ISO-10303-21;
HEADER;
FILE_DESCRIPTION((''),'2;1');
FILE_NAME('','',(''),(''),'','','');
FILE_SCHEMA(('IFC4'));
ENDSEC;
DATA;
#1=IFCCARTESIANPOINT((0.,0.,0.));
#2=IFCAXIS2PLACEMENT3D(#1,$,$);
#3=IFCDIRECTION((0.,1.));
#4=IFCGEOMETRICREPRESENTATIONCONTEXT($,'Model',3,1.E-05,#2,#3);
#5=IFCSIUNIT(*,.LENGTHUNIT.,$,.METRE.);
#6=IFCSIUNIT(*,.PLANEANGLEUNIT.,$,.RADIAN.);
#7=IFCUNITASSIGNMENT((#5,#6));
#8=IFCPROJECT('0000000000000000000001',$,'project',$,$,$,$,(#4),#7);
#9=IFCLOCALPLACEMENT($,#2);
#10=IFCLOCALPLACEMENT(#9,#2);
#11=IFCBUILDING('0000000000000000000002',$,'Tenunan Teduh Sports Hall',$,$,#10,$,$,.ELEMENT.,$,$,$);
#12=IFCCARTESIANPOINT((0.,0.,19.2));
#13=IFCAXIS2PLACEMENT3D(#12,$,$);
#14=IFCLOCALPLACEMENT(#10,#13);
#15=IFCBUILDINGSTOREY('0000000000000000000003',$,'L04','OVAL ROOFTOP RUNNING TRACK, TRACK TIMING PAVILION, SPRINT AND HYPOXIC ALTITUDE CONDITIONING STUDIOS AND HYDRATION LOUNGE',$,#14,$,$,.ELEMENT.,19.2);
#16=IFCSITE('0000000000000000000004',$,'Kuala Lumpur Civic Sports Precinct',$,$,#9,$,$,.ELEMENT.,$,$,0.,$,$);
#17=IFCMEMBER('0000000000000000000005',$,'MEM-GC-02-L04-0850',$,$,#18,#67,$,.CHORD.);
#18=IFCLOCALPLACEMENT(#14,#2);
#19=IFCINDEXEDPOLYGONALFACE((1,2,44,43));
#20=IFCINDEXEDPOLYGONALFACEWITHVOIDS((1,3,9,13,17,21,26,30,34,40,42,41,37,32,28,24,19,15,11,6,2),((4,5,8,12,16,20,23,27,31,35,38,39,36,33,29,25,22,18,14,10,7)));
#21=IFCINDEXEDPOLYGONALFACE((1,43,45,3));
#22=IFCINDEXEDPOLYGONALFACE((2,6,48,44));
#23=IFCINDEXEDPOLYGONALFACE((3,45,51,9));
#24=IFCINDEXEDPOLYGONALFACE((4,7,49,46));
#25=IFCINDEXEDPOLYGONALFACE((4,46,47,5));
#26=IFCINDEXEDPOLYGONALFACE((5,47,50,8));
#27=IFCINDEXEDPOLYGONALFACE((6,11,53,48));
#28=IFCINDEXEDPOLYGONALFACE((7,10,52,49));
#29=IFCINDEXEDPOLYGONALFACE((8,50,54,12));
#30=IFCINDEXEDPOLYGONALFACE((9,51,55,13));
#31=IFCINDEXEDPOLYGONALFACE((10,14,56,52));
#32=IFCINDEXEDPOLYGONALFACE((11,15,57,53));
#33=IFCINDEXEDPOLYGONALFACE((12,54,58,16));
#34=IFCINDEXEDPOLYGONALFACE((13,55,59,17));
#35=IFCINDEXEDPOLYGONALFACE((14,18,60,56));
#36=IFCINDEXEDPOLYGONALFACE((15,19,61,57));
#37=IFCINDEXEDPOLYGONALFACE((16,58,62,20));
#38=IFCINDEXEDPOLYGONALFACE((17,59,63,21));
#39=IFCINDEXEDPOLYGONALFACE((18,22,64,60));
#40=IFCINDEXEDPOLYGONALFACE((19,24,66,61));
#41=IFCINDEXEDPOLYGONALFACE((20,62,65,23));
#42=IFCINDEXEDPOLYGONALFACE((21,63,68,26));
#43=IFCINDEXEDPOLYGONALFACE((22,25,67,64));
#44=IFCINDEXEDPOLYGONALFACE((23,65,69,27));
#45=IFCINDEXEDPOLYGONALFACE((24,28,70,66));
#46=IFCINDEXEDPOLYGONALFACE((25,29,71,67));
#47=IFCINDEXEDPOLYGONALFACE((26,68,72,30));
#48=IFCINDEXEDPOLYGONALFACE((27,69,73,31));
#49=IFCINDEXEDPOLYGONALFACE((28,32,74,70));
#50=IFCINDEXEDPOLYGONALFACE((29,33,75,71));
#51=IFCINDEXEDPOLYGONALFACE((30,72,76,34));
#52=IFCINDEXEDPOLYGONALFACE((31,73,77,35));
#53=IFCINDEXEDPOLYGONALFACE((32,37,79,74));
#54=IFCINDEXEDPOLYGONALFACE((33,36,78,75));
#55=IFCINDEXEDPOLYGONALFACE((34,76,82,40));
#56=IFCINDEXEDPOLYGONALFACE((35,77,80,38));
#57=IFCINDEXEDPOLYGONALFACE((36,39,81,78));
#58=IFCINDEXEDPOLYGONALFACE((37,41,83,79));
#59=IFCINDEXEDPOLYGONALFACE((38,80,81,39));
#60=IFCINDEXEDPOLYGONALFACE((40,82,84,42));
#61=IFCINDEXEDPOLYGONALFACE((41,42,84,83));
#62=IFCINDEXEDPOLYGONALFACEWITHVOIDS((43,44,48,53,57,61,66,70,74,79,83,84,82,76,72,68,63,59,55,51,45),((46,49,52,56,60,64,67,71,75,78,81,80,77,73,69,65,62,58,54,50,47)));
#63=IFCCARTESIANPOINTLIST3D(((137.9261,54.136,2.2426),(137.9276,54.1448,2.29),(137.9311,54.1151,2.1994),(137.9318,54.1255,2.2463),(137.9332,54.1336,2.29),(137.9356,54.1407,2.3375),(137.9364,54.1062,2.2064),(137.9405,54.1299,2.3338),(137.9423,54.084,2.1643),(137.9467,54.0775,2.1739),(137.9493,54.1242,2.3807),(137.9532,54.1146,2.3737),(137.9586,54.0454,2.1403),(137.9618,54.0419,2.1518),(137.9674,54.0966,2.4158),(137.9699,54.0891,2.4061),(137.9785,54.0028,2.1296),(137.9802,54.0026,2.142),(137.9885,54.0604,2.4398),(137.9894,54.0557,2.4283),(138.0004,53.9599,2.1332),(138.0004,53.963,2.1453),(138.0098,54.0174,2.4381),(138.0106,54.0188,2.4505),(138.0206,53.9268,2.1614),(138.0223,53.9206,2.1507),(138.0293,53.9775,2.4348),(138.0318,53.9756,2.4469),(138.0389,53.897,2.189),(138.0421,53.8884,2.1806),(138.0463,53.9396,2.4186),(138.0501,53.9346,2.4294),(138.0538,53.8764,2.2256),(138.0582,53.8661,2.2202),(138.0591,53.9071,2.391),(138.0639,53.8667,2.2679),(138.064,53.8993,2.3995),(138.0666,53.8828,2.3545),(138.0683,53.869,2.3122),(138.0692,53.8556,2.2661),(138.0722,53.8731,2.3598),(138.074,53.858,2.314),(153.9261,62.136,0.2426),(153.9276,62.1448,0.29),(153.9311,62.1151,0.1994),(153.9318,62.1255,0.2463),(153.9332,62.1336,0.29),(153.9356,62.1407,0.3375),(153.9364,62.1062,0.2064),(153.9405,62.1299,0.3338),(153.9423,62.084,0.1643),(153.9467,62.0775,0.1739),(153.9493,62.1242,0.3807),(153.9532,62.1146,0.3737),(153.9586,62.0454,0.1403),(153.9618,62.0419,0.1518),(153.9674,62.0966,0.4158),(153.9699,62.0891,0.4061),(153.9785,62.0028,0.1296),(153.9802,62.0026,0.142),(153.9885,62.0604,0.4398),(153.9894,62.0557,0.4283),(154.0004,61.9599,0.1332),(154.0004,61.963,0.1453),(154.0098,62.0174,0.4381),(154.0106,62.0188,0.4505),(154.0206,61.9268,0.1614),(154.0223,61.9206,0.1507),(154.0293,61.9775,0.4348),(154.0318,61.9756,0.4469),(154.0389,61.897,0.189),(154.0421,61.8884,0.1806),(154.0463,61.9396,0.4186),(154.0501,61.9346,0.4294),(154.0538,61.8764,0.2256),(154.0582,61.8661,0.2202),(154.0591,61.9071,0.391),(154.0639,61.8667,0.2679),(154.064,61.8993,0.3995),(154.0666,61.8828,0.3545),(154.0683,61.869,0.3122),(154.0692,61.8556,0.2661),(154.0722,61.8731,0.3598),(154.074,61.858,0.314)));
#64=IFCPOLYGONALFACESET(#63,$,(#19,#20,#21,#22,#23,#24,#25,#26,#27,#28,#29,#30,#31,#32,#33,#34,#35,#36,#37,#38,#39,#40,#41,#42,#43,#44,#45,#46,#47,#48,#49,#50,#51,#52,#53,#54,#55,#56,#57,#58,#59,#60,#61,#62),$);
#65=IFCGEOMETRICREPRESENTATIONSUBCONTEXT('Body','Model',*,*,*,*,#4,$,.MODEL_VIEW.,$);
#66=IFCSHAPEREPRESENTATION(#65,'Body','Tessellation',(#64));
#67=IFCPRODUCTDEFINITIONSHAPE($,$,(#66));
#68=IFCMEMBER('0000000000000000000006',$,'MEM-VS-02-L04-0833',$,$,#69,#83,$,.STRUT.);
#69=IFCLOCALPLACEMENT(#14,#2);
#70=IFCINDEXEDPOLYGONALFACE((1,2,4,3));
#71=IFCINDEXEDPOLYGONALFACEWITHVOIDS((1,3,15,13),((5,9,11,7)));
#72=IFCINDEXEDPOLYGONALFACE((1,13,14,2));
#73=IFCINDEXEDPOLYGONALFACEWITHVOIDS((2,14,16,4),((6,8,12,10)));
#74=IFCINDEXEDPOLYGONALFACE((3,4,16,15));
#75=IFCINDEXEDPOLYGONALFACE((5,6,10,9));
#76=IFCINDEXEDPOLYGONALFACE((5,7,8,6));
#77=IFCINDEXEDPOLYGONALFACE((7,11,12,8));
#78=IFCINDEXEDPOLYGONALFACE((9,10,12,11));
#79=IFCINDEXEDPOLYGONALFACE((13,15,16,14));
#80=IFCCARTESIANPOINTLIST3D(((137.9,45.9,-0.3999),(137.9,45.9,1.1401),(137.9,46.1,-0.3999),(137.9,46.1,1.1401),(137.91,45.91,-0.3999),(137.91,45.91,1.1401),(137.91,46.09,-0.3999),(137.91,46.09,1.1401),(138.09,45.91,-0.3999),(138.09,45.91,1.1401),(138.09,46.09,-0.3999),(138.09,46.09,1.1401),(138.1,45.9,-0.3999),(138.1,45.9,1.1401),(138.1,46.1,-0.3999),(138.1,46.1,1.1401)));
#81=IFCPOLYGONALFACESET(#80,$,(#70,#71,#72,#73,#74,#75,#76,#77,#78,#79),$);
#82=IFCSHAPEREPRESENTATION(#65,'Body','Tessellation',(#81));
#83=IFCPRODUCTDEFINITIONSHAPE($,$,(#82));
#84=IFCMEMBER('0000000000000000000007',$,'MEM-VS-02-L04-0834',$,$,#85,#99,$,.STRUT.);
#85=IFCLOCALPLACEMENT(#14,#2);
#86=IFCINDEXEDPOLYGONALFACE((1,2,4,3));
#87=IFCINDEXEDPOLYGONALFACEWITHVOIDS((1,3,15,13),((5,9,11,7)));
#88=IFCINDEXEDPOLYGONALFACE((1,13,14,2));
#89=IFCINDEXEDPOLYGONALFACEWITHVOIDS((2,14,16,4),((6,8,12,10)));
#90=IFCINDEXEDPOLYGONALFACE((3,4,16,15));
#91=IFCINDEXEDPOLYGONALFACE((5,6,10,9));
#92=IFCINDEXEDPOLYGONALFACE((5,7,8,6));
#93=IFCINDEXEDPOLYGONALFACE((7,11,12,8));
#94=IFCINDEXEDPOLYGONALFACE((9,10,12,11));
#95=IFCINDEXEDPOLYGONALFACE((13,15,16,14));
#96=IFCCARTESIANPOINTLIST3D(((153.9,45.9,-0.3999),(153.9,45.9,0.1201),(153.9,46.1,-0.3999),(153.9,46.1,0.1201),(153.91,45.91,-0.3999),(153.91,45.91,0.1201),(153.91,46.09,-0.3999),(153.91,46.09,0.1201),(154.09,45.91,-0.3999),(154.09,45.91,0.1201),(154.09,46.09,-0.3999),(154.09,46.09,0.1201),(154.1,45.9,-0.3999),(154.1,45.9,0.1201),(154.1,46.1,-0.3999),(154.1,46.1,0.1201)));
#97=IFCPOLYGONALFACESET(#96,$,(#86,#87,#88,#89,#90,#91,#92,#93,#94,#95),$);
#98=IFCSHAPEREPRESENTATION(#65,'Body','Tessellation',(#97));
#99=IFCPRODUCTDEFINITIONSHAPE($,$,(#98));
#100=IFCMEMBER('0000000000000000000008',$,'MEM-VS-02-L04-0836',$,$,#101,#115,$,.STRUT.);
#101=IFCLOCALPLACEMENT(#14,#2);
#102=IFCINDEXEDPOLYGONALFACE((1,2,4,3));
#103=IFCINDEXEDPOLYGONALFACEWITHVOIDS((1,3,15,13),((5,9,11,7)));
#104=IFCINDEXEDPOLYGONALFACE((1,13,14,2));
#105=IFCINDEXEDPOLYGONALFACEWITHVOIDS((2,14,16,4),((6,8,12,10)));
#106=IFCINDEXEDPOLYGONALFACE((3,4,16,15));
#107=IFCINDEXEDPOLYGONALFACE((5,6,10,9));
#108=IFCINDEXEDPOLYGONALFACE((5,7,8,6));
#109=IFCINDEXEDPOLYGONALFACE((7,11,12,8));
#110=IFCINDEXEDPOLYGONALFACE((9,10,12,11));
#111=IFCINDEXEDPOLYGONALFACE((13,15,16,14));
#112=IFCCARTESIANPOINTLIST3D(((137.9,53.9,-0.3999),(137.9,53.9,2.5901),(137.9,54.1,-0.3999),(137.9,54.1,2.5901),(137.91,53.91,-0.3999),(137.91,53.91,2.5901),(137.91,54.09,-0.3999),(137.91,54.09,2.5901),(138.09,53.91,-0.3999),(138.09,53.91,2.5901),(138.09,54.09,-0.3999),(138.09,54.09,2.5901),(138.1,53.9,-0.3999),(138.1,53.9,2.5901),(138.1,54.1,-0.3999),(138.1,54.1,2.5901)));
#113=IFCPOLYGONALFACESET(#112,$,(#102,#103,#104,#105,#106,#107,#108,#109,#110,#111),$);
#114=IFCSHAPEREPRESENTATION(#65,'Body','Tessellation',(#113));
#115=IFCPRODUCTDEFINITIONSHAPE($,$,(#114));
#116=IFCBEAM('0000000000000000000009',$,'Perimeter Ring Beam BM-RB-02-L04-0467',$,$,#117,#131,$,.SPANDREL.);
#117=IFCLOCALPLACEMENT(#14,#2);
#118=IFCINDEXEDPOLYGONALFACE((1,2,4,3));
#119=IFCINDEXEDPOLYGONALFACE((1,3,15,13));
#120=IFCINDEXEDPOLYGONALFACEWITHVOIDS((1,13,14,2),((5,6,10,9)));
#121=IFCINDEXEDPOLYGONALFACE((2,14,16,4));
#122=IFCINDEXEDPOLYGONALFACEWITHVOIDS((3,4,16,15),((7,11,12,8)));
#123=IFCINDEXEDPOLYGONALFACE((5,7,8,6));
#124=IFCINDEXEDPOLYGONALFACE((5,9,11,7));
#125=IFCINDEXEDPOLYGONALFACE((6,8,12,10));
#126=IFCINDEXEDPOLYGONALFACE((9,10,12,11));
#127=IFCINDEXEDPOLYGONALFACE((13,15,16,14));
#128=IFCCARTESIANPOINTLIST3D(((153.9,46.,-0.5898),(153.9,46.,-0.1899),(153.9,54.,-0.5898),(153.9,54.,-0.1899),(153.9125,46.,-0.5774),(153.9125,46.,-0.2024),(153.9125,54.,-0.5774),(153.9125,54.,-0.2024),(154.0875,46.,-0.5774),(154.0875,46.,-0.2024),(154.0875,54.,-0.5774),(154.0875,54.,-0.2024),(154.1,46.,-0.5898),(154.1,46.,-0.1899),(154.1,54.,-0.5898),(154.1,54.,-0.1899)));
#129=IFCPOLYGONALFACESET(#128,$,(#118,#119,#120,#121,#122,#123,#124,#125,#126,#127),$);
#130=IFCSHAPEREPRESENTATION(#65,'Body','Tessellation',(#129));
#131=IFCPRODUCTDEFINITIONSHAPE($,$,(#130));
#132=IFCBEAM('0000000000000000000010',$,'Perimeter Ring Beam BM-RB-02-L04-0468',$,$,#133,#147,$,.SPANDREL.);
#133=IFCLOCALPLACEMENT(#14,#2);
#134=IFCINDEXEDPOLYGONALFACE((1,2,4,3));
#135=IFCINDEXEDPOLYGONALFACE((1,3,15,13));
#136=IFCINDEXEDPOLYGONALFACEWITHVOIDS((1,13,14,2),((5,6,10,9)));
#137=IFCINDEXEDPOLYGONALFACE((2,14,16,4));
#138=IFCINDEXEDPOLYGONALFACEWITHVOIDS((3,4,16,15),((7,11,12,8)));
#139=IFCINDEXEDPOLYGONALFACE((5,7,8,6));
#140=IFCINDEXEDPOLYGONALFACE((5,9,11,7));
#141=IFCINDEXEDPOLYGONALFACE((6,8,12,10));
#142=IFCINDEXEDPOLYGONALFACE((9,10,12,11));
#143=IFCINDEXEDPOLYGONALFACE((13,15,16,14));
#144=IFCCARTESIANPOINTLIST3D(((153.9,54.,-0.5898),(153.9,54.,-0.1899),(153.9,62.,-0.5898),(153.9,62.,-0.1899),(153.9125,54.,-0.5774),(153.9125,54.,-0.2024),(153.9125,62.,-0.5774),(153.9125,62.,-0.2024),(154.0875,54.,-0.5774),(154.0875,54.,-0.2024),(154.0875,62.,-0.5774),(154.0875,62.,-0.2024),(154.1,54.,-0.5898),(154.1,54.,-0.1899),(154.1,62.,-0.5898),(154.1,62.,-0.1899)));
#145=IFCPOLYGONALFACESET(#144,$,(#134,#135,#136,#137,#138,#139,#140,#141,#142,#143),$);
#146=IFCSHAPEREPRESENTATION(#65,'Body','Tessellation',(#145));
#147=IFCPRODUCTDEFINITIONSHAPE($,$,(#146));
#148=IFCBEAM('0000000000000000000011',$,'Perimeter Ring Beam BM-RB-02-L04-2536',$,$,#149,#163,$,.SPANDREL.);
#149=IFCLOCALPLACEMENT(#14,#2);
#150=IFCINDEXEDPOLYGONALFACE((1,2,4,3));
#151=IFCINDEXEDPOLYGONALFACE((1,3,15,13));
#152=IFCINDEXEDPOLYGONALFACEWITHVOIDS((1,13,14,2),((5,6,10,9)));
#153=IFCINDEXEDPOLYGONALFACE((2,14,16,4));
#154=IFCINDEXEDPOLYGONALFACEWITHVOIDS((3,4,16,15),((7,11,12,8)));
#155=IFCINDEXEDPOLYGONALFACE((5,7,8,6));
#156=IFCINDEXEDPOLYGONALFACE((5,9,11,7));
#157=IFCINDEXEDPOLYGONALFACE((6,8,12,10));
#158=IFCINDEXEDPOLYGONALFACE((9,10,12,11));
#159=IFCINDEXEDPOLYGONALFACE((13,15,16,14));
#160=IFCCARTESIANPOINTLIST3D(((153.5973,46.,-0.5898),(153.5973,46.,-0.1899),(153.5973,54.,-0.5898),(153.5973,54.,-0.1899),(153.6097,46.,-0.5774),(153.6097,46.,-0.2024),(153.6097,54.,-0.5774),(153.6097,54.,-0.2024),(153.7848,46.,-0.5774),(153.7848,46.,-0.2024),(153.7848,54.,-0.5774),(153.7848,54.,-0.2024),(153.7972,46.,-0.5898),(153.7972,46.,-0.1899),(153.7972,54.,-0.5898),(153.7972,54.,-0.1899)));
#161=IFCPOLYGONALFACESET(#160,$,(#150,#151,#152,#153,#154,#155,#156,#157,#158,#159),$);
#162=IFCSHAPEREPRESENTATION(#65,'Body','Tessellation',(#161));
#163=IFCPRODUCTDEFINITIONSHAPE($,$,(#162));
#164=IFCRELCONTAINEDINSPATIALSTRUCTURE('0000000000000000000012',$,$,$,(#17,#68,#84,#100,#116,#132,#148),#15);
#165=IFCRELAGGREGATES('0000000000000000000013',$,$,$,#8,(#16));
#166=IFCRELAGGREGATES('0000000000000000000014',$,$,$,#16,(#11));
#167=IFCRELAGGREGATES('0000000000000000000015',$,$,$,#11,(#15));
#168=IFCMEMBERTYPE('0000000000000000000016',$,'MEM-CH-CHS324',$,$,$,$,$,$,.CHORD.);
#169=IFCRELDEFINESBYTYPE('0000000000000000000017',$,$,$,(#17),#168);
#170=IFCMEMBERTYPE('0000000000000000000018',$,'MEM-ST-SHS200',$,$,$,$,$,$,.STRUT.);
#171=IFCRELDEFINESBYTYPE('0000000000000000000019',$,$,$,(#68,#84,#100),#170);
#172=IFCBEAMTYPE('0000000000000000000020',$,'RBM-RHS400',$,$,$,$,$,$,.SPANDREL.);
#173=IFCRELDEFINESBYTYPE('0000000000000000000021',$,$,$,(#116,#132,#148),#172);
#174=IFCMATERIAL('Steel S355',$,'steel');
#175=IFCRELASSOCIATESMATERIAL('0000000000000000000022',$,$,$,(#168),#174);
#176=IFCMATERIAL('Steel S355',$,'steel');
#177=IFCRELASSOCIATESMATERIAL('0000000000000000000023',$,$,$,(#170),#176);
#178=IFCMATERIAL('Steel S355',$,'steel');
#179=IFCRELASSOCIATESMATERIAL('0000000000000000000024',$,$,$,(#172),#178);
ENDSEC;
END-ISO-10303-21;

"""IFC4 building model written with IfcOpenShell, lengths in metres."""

from ifc_helpers import new_model, si_unit, direction, frame, origin, origin_2d, place, context, subcontext, project, spatial, hollow_rectangle, hollow_circle, extrude, material, material_profile, profile_set, type_object, element, save


model = new_model("IFC4")

# Units and contexts
model_context = context("Model", 3, precision=1e-05, world=origin(), true_north=direction((0.0, 1.0)))
body_context = subcontext(model_context, "Body", "Model", "MODEL_VIEW")
ifc_project = project(units=[si_unit("LENGTHUNIT", "METRE"), si_unit("PLANEANGLEUNIT", "RADIAN")], contexts=[model_context])

# Site, building, storey
site_placement = place(None, origin())
site = spatial("IfcSite", under=ifc_project, at=site_placement, Name="Kuala Lumpur Civic Sports Precinct", CompositionType="ELEMENT", RefElevation=0.0)
building_placement = place(site_placement, origin())
building = spatial("IfcBuilding", under=site, at=building_placement, Name="Tenunan Teduh Sports Hall", CompositionType="ELEMENT")
storey_placement = place(building_placement, frame((0.0, 0.0, 19.2)))
storey = spatial("IfcBuildingStorey", under=building, at=storey_placement, Name="L04", Description="OVAL ROOFTOP RUNNING TRACK, TRACK TIMING PAVILION, SPRINT AND HYPOXIC ALTITUDE CONDITIONING STUDIOS AND HYDRATION LOUNGE", CompositionType="ELEMENT", Elevation=19.2)

# Members
ifc_material_1 = material(Name="Steel S355", Category="steel")
ifc_material_profile_1 = material_profile(ifc_material_1, hollow_circle(Radius=0.1619, WallThickness=0.0125, at=origin_2d()), Name="CHS 323.9x12.5")
ifc_profile_set_1 = profile_set([ifc_material_profile_1], Name="Steel S355")
member_type_1 = type_object("IfcMemberType", Name="MEM-CH-CHS324", PredefinedType="CHORD", material=ifc_profile_set_1)
member_1_placement = place(storey_placement, frame((138.0, 54.0, 2.29), z_axis=(0.888889, 0.444444, -0.111111), x_axis=(-0.447214, 0.894427, 0.0)))
element("IfcMember", 1, at=member_1_placement, inside=storey, type_object=member_type_1, Name="MEM-GC-02-L04-0850", PredefinedType="CHORD", context=body_context, shape_type="SweptSolid", body=[
    extrude(hollow_circle(Radius=0.1619, WallThickness=0.0125, at=origin_2d()), origin(), (0.0, 0.0, 1.0), 18.0),
])
ifc_material_2 = material(Name="Steel S355", Category="steel")
ifc_material_profile_2 = material_profile(ifc_material_2, hollow_rectangle(XDim=0.2, YDim=0.2, WallThickness=0.01, at=origin_2d()), Name="SHS 200x200x10.0")
ifc_profile_set_2 = profile_set([ifc_material_profile_2], Name="Steel S355")
member_type_2 = type_object("IfcMemberType", Name="MEM-ST-SHS200", PredefinedType="STRUT", material=ifc_profile_set_2)
member_2_placement = place(storey_placement, frame((138.0, 46.0, -0.3999), z_axis=(0.0, 0.0, 1.0), x_axis=(1.0, 0.0, 0.0)))
element("IfcMember", 2, at=member_2_placement, inside=storey, type_object=member_type_2, Name="MEM-VS-02-L04-0833", PredefinedType="STRUT", context=body_context, shape_type="SweptSolid", body=[
    extrude(hollow_rectangle(XDim=0.2, YDim=0.2, WallThickness=0.01, at=origin_2d()), origin(), (0.0, 0.0, 1.0), 1.54),
])
member_3_placement = place(storey_placement, frame((154.0, 46.0, -0.3999), z_axis=(0.0, 0.0, 1.0), x_axis=(1.0, 0.0, 0.0)))
element("IfcMember", 3, at=member_3_placement, inside=storey, type_object=member_type_2, Name="MEM-VS-02-L04-0834", PredefinedType="STRUT", context=body_context, shape_type="SweptSolid", body=[
    extrude(hollow_rectangle(XDim=0.2, YDim=0.2, WallThickness=0.01, at=origin_2d()), origin(), (0.0, 0.0, 1.0), 0.52),
])
member_4_placement = place(storey_placement, frame((138.0, 54.0, -0.3999), z_axis=(0.0, 0.0, 1.0), x_axis=(1.0, 0.0, 0.0)))
element("IfcMember", 4, at=member_4_placement, inside=storey, type_object=member_type_2, Name="MEM-VS-02-L04-0836", PredefinedType="STRUT", context=body_context, shape_type="SweptSolid", body=[
    extrude(hollow_rectangle(XDim=0.2, YDim=0.2, WallThickness=0.01, at=origin_2d()), origin(), (0.0, 0.0, 1.0), 2.99),
])

# Beams
ifc_material_3 = material(Name="Steel S355", Category="steel")
ifc_material_profile_3 = material_profile(ifc_material_3, hollow_rectangle(XDim=0.2, YDim=0.3999, WallThickness=0.0125, at=origin_2d()), Name="RHS 400x200x12.5")
ifc_profile_set_3 = profile_set([ifc_material_profile_3], Name="Steel S355")
beam_type_1 = type_object("IfcBeamType", Name="RBM-RHS400", PredefinedType="SPANDREL", material=ifc_profile_set_3)
for number, where, z_axis, x_axis, name in (
    (5, (154.0, 46.0, -0.3899), (0.0, 1.0, 0.0), (-1.0, 0.0, 0.0), "Perimeter Ring Beam BM-RB-02-L04-0467"),
    (6, (154.0, 54.0, -0.3899), (0.0, 1.0, 0.0), (-1.0, 0.0, 0.0), "Perimeter Ring Beam BM-RB-02-L04-0468"),
    (7, (153.6973, 46.0, -0.3899), (0.0, 1.0, 0.0), (-1.0, 0.0, 0.0), "Perimeter Ring Beam BM-RB-02-L04-2536"),
):
    element("IfcBeam", number, at=place(storey_placement, frame(where, z_axis=z_axis, x_axis=x_axis)), inside=storey, type_object=beam_type_1, Name=name, PredefinedType="SPANDREL", context=body_context, shape_type="SweptSolid", body=[
        extrude(hollow_rectangle(XDim=0.2, YDim=0.3999, WallThickness=0.0125, at=origin_2d()), origin(), (0.0, 0.0, 1.0), 8.0),
    ])

save(model, "model.ifc")
